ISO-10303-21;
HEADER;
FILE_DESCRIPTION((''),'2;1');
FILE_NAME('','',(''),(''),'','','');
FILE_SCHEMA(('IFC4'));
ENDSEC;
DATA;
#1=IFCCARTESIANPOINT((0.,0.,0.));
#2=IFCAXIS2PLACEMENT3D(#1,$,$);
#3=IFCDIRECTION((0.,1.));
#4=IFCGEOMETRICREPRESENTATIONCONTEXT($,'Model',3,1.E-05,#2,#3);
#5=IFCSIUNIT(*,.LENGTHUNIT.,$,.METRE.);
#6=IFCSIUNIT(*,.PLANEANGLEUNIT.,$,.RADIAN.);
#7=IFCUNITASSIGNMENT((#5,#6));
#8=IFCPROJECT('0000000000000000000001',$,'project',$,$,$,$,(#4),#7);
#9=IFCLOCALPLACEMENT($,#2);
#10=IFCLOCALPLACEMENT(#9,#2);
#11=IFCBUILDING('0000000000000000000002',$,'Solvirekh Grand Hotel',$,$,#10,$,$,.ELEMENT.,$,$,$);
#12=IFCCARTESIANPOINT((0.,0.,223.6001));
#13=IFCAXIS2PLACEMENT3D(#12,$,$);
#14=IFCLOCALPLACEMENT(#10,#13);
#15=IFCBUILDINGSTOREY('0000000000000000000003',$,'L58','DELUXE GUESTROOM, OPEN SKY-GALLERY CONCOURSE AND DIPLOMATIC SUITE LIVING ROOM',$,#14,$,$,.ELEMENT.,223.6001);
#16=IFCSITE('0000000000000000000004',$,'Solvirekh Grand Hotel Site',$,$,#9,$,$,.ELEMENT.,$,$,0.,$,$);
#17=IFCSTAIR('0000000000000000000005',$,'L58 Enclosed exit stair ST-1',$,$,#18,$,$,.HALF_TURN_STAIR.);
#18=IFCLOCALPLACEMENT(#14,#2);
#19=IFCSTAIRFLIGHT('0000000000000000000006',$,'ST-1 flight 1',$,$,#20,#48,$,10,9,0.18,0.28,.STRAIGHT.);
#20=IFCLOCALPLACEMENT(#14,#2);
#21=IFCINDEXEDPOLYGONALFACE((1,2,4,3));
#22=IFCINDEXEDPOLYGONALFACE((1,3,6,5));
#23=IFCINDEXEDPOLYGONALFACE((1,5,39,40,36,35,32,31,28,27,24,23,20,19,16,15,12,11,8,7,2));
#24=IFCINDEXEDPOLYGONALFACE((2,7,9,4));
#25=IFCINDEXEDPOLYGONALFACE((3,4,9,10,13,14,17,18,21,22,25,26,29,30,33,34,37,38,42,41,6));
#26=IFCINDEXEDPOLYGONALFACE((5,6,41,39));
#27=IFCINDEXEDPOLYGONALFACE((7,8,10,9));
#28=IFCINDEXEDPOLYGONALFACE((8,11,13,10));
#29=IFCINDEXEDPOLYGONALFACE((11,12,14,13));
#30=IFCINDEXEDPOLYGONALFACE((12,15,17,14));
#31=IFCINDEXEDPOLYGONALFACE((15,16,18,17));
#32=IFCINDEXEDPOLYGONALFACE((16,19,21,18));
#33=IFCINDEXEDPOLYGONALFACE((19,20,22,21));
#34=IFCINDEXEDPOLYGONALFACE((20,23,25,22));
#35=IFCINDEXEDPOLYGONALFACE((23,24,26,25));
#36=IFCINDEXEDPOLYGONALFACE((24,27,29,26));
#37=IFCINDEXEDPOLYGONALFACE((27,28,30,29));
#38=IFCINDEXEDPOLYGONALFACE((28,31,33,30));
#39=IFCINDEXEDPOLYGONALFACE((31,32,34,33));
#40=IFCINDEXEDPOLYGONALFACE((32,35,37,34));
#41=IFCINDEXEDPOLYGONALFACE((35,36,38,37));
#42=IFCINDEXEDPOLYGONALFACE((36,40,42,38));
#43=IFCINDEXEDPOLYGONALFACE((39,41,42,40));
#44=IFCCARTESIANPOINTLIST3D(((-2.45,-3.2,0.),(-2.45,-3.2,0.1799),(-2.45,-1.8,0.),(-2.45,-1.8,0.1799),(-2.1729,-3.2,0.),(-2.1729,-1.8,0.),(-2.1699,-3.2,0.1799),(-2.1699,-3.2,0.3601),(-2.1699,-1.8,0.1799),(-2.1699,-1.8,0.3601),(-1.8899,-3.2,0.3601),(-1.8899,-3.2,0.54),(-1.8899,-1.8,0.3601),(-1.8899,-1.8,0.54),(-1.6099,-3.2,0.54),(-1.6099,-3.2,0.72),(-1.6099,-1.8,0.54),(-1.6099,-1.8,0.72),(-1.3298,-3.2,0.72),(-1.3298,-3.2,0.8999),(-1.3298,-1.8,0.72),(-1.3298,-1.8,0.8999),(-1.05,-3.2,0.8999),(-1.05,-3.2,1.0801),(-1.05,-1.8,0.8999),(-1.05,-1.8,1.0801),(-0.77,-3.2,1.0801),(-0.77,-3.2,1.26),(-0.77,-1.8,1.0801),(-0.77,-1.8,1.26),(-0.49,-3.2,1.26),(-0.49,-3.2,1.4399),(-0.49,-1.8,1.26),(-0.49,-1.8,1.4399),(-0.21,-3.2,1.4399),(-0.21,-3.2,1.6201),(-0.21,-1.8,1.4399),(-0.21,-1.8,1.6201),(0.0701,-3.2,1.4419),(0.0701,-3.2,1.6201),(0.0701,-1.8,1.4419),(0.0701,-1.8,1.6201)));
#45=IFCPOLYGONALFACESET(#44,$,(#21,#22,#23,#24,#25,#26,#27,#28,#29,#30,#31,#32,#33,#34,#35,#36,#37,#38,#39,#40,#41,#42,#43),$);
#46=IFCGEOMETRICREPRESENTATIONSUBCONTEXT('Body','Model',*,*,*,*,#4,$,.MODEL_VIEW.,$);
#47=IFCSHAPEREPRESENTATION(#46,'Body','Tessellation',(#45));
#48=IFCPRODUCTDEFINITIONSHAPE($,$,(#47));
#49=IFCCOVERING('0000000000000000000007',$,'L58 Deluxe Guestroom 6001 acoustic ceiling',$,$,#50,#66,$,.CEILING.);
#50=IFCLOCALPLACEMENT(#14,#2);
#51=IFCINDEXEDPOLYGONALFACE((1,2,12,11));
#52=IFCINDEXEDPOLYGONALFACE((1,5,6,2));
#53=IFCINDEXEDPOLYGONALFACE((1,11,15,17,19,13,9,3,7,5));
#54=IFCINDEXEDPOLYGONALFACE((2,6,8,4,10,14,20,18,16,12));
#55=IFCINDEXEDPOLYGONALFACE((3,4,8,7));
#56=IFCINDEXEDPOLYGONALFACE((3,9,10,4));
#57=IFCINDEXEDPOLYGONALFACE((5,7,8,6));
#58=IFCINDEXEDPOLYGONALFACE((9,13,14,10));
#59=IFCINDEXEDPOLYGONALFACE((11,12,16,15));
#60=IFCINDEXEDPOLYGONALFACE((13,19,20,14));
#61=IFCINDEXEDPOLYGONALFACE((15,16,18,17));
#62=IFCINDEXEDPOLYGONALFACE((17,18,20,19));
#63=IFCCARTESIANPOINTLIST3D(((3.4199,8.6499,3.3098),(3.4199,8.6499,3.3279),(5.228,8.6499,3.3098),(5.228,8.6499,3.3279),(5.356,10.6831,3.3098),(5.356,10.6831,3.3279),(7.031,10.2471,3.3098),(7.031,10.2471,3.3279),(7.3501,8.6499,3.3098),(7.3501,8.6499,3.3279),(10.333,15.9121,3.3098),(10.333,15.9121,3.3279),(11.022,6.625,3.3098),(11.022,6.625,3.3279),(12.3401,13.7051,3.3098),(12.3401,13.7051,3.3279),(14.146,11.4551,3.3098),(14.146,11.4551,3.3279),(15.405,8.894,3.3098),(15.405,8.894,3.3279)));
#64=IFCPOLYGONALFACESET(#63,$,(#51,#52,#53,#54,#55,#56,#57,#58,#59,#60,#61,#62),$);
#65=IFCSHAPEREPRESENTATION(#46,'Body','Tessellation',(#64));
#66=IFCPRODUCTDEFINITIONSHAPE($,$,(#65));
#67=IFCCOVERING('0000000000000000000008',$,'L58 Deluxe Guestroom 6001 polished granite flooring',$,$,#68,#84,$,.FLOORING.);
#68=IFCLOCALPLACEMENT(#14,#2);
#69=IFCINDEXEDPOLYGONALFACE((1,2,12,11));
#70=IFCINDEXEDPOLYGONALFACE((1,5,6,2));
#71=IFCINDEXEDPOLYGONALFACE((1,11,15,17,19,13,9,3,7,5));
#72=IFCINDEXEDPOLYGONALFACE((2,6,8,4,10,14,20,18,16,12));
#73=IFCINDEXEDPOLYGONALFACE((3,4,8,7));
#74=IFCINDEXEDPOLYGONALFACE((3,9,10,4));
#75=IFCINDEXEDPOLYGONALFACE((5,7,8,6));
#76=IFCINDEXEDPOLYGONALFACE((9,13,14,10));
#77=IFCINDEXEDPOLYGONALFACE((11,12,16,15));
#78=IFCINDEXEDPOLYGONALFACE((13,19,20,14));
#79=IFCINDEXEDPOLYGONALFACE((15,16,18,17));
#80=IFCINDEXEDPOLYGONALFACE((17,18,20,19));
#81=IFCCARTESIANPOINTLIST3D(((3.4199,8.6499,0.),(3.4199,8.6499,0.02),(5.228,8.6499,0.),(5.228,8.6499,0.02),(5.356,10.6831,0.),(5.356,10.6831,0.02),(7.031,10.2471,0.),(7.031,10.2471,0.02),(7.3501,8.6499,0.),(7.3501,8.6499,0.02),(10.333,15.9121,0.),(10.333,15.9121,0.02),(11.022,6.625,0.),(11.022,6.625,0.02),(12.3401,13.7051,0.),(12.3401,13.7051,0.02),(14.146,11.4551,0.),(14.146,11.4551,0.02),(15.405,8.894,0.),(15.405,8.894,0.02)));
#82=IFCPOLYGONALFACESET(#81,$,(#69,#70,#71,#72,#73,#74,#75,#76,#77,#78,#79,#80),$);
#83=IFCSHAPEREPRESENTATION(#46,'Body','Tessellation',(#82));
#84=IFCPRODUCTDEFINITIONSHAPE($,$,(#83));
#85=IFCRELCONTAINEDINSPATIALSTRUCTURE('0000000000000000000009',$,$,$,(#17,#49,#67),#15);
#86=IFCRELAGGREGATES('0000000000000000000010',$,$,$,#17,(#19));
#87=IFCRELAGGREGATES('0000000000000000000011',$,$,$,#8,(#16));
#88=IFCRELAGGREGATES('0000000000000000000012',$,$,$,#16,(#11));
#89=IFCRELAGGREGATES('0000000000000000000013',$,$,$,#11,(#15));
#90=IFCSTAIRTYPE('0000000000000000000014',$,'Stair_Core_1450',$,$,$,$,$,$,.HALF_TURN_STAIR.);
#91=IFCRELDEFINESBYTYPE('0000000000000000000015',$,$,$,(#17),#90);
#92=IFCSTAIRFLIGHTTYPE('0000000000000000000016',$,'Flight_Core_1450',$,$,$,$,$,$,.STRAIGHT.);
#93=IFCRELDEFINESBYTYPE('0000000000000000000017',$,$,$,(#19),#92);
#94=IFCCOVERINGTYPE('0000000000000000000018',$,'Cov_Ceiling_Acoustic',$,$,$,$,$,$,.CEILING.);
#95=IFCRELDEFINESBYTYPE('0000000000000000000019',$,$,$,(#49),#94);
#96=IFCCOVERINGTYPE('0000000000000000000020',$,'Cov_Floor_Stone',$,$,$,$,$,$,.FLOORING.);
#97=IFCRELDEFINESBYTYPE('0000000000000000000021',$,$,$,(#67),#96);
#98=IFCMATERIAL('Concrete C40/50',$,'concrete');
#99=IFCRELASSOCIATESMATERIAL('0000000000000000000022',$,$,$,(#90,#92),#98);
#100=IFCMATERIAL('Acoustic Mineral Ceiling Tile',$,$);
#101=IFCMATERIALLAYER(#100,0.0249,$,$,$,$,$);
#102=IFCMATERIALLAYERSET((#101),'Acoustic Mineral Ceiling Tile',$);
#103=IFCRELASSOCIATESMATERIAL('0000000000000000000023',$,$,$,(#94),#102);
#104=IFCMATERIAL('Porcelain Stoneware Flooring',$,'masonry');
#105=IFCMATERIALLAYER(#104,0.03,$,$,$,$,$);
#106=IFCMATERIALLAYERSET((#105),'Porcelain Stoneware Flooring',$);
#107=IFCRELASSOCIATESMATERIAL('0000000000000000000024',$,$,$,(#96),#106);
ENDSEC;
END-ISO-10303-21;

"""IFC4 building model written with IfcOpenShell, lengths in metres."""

from ifc_helpers import new_model, si_unit, direction, frame, origin, place, context, subcontext, project, spatial, polyline, outline, extrude, material, layer, layer_set, type_object, element, aggregate, save


model = new_model("IFC4")

# Units and contexts
model_context = context("Model", 3, precision=1e-05, world=origin(), true_north=direction((0.0, 1.0)))
body_context = subcontext(model_context, "Body", "Model", "MODEL_VIEW")
ifc_project = project(units=[si_unit("LENGTHUNIT", "METRE"), si_unit("PLANEANGLEUNIT", "RADIAN")], contexts=[model_context])

# Site, building, storey
site_placement = place(None, origin())
site = spatial("IfcSite", under=ifc_project, at=site_placement, Name="Solvirekh Grand Hotel Site", CompositionType="ELEMENT", RefElevation=0.0)
building_placement = place(site_placement, origin())
building = spatial("IfcBuilding", under=site, at=building_placement, Name="Solvirekh Grand Hotel", CompositionType="ELEMENT")
storey_placement = place(building_placement, frame((0.0, 0.0, 223.6001)))
storey = spatial("IfcBuildingStorey", under=building, at=storey_placement, Name="L58", Description="DELUXE GUESTROOM, OPEN SKY-GALLERY CONCOURSE AND DIPLOMATIC SUITE LIVING ROOM", CompositionType="ELEMENT", Elevation=223.6001)

# Stair
ifc_material_1 = material(Name="Concrete C40/50", Category="concrete")
stair_type = type_object("IfcStairType", Name="Stair_Core_1450", PredefinedType="HALF_TURN_STAIR", material=ifc_material_1)
stair_1_placement = place(storey_placement, origin())
stair_1 = element("IfcStair", 1, at=stair_1_placement, inside=storey, type_object=stair_type, Name="L58 Enclosed exit stair ST-1", PredefinedType="HALF_TURN_STAIR")

# Stair flight
stair_flight_type = type_object("IfcStairFlightType", Name="Flight_Core_1450", PredefinedType="STRAIGHT", material=ifc_material_1)
stair_flight_placement = place(storey_placement, frame((-2.45, -2.5, 0.0), z_axis=(0.0, 0.0, 1.0), x_axis=(1.0, 0.0, 0.0)))
stair_flight = element("IfcStairFlight", 2, at=stair_flight_placement, type_object=stair_flight_type, Name="ST-1 flight 1", NumberOfRisers=10, NumberOfTreads=9, PredefinedType="STRAIGHT", RiserHeight=0.18, TreadLength=0.28, context=body_context, shape_type="SweptSolid", body=[
    extrude(outline(polyline([(0.0, 0.0), (0.0, 0.1799), (0.28, 0.1799), (0.28, 0.3601), (0.5601, 0.3601), (0.5601, 0.54), (0.8401, 0.54), (0.8401, 0.72), (1.1201, 0.72), (1.1201, 0.8999), (1.3999, 0.8999), (1.3999, 1.0801), (1.6799, 1.0801), (1.6799, 1.26), (1.96, 1.26), (1.96, 1.4399), (2.24, 1.4399), (2.24, 1.6201), (2.52, 1.6201), (2.52, 1.8), (2.52, 1.4419), (0.2771, 0.0), (0.0, 0.0)])), frame((0.0, 0.7, 0.0), z_axis=(0.0, -1.0, 0.0), x_axis=(1.0, 0.0, 0.0)), (0.0, 0.0, 1.0), 1.3999),
])
aggregate(stair_1, [stair_flight])

# Coverings
ifc_material_2 = material(Name="Acoustic Mineral Ceiling Tile")
ifc_layer_1 = layer(ifc_material_2, 0.0249)
ifc_layer_set_1 = layer_set([ifc_layer_1], Name="Acoustic Mineral Ceiling Tile")
covering_type_1 = type_object("IfcCoveringType", Name="Cov_Ceiling_Acoustic", PredefinedType="CEILING", material=ifc_layer_set_1)
covering_1_placement = place(storey_placement, frame((0.0, 0.0, 3.3098)))
element("IfcCovering", 3, at=covering_1_placement, inside=storey, type_object=covering_type_1, Name="L58 Deluxe Guestroom 6001 acoustic ceiling", PredefinedType="CEILING", context=body_context, shape_type="SweptSolid", body=[
    extrude(outline(polyline([(3.4199, 8.6499), (5.356, 10.6831), (7.031, 10.2471), (5.228, 8.6499), (7.3501, 8.6499), (11.022, 6.625), (15.405, 8.894), (14.146, 11.4551), (12.3401, 13.7051), (10.333, 15.9121), (3.4199, 8.6499)])), origin(), (0.0, 0.0, 1.0), 0.0181),
])
ifc_material_3 = material(Name="Porcelain Stoneware Flooring", Category="masonry")
ifc_layer_2 = layer(ifc_material_3, 0.03)
ifc_layer_set_2 = layer_set([ifc_layer_2], Name="Porcelain Stoneware Flooring")
covering_type_2 = type_object("IfcCoveringType", Name="Cov_Floor_Stone", PredefinedType="FLOORING", material=ifc_layer_set_2)
covering_2_placement = place(storey_placement, origin())
element("IfcCovering", 4, at=covering_2_placement, inside=storey, type_object=covering_type_2, Name="L58 Deluxe Guestroom 6001 polished granite flooring", PredefinedType="FLOORING", context=body_context, shape_type="SweptSolid", body=[
    extrude(outline(polyline([(3.4199, 8.6499), (5.356, 10.6831), (7.031, 10.2471), (5.228, 8.6499), (7.3501, 8.6499), (11.022, 6.625), (15.405, 8.894), (14.146, 11.4551), (12.3401, 13.7051), (10.333, 15.9121), (3.4199, 8.6499)])), origin(), (0.0, 0.0, 1.0), 0.02),
])

save(model, "model.ifc")
